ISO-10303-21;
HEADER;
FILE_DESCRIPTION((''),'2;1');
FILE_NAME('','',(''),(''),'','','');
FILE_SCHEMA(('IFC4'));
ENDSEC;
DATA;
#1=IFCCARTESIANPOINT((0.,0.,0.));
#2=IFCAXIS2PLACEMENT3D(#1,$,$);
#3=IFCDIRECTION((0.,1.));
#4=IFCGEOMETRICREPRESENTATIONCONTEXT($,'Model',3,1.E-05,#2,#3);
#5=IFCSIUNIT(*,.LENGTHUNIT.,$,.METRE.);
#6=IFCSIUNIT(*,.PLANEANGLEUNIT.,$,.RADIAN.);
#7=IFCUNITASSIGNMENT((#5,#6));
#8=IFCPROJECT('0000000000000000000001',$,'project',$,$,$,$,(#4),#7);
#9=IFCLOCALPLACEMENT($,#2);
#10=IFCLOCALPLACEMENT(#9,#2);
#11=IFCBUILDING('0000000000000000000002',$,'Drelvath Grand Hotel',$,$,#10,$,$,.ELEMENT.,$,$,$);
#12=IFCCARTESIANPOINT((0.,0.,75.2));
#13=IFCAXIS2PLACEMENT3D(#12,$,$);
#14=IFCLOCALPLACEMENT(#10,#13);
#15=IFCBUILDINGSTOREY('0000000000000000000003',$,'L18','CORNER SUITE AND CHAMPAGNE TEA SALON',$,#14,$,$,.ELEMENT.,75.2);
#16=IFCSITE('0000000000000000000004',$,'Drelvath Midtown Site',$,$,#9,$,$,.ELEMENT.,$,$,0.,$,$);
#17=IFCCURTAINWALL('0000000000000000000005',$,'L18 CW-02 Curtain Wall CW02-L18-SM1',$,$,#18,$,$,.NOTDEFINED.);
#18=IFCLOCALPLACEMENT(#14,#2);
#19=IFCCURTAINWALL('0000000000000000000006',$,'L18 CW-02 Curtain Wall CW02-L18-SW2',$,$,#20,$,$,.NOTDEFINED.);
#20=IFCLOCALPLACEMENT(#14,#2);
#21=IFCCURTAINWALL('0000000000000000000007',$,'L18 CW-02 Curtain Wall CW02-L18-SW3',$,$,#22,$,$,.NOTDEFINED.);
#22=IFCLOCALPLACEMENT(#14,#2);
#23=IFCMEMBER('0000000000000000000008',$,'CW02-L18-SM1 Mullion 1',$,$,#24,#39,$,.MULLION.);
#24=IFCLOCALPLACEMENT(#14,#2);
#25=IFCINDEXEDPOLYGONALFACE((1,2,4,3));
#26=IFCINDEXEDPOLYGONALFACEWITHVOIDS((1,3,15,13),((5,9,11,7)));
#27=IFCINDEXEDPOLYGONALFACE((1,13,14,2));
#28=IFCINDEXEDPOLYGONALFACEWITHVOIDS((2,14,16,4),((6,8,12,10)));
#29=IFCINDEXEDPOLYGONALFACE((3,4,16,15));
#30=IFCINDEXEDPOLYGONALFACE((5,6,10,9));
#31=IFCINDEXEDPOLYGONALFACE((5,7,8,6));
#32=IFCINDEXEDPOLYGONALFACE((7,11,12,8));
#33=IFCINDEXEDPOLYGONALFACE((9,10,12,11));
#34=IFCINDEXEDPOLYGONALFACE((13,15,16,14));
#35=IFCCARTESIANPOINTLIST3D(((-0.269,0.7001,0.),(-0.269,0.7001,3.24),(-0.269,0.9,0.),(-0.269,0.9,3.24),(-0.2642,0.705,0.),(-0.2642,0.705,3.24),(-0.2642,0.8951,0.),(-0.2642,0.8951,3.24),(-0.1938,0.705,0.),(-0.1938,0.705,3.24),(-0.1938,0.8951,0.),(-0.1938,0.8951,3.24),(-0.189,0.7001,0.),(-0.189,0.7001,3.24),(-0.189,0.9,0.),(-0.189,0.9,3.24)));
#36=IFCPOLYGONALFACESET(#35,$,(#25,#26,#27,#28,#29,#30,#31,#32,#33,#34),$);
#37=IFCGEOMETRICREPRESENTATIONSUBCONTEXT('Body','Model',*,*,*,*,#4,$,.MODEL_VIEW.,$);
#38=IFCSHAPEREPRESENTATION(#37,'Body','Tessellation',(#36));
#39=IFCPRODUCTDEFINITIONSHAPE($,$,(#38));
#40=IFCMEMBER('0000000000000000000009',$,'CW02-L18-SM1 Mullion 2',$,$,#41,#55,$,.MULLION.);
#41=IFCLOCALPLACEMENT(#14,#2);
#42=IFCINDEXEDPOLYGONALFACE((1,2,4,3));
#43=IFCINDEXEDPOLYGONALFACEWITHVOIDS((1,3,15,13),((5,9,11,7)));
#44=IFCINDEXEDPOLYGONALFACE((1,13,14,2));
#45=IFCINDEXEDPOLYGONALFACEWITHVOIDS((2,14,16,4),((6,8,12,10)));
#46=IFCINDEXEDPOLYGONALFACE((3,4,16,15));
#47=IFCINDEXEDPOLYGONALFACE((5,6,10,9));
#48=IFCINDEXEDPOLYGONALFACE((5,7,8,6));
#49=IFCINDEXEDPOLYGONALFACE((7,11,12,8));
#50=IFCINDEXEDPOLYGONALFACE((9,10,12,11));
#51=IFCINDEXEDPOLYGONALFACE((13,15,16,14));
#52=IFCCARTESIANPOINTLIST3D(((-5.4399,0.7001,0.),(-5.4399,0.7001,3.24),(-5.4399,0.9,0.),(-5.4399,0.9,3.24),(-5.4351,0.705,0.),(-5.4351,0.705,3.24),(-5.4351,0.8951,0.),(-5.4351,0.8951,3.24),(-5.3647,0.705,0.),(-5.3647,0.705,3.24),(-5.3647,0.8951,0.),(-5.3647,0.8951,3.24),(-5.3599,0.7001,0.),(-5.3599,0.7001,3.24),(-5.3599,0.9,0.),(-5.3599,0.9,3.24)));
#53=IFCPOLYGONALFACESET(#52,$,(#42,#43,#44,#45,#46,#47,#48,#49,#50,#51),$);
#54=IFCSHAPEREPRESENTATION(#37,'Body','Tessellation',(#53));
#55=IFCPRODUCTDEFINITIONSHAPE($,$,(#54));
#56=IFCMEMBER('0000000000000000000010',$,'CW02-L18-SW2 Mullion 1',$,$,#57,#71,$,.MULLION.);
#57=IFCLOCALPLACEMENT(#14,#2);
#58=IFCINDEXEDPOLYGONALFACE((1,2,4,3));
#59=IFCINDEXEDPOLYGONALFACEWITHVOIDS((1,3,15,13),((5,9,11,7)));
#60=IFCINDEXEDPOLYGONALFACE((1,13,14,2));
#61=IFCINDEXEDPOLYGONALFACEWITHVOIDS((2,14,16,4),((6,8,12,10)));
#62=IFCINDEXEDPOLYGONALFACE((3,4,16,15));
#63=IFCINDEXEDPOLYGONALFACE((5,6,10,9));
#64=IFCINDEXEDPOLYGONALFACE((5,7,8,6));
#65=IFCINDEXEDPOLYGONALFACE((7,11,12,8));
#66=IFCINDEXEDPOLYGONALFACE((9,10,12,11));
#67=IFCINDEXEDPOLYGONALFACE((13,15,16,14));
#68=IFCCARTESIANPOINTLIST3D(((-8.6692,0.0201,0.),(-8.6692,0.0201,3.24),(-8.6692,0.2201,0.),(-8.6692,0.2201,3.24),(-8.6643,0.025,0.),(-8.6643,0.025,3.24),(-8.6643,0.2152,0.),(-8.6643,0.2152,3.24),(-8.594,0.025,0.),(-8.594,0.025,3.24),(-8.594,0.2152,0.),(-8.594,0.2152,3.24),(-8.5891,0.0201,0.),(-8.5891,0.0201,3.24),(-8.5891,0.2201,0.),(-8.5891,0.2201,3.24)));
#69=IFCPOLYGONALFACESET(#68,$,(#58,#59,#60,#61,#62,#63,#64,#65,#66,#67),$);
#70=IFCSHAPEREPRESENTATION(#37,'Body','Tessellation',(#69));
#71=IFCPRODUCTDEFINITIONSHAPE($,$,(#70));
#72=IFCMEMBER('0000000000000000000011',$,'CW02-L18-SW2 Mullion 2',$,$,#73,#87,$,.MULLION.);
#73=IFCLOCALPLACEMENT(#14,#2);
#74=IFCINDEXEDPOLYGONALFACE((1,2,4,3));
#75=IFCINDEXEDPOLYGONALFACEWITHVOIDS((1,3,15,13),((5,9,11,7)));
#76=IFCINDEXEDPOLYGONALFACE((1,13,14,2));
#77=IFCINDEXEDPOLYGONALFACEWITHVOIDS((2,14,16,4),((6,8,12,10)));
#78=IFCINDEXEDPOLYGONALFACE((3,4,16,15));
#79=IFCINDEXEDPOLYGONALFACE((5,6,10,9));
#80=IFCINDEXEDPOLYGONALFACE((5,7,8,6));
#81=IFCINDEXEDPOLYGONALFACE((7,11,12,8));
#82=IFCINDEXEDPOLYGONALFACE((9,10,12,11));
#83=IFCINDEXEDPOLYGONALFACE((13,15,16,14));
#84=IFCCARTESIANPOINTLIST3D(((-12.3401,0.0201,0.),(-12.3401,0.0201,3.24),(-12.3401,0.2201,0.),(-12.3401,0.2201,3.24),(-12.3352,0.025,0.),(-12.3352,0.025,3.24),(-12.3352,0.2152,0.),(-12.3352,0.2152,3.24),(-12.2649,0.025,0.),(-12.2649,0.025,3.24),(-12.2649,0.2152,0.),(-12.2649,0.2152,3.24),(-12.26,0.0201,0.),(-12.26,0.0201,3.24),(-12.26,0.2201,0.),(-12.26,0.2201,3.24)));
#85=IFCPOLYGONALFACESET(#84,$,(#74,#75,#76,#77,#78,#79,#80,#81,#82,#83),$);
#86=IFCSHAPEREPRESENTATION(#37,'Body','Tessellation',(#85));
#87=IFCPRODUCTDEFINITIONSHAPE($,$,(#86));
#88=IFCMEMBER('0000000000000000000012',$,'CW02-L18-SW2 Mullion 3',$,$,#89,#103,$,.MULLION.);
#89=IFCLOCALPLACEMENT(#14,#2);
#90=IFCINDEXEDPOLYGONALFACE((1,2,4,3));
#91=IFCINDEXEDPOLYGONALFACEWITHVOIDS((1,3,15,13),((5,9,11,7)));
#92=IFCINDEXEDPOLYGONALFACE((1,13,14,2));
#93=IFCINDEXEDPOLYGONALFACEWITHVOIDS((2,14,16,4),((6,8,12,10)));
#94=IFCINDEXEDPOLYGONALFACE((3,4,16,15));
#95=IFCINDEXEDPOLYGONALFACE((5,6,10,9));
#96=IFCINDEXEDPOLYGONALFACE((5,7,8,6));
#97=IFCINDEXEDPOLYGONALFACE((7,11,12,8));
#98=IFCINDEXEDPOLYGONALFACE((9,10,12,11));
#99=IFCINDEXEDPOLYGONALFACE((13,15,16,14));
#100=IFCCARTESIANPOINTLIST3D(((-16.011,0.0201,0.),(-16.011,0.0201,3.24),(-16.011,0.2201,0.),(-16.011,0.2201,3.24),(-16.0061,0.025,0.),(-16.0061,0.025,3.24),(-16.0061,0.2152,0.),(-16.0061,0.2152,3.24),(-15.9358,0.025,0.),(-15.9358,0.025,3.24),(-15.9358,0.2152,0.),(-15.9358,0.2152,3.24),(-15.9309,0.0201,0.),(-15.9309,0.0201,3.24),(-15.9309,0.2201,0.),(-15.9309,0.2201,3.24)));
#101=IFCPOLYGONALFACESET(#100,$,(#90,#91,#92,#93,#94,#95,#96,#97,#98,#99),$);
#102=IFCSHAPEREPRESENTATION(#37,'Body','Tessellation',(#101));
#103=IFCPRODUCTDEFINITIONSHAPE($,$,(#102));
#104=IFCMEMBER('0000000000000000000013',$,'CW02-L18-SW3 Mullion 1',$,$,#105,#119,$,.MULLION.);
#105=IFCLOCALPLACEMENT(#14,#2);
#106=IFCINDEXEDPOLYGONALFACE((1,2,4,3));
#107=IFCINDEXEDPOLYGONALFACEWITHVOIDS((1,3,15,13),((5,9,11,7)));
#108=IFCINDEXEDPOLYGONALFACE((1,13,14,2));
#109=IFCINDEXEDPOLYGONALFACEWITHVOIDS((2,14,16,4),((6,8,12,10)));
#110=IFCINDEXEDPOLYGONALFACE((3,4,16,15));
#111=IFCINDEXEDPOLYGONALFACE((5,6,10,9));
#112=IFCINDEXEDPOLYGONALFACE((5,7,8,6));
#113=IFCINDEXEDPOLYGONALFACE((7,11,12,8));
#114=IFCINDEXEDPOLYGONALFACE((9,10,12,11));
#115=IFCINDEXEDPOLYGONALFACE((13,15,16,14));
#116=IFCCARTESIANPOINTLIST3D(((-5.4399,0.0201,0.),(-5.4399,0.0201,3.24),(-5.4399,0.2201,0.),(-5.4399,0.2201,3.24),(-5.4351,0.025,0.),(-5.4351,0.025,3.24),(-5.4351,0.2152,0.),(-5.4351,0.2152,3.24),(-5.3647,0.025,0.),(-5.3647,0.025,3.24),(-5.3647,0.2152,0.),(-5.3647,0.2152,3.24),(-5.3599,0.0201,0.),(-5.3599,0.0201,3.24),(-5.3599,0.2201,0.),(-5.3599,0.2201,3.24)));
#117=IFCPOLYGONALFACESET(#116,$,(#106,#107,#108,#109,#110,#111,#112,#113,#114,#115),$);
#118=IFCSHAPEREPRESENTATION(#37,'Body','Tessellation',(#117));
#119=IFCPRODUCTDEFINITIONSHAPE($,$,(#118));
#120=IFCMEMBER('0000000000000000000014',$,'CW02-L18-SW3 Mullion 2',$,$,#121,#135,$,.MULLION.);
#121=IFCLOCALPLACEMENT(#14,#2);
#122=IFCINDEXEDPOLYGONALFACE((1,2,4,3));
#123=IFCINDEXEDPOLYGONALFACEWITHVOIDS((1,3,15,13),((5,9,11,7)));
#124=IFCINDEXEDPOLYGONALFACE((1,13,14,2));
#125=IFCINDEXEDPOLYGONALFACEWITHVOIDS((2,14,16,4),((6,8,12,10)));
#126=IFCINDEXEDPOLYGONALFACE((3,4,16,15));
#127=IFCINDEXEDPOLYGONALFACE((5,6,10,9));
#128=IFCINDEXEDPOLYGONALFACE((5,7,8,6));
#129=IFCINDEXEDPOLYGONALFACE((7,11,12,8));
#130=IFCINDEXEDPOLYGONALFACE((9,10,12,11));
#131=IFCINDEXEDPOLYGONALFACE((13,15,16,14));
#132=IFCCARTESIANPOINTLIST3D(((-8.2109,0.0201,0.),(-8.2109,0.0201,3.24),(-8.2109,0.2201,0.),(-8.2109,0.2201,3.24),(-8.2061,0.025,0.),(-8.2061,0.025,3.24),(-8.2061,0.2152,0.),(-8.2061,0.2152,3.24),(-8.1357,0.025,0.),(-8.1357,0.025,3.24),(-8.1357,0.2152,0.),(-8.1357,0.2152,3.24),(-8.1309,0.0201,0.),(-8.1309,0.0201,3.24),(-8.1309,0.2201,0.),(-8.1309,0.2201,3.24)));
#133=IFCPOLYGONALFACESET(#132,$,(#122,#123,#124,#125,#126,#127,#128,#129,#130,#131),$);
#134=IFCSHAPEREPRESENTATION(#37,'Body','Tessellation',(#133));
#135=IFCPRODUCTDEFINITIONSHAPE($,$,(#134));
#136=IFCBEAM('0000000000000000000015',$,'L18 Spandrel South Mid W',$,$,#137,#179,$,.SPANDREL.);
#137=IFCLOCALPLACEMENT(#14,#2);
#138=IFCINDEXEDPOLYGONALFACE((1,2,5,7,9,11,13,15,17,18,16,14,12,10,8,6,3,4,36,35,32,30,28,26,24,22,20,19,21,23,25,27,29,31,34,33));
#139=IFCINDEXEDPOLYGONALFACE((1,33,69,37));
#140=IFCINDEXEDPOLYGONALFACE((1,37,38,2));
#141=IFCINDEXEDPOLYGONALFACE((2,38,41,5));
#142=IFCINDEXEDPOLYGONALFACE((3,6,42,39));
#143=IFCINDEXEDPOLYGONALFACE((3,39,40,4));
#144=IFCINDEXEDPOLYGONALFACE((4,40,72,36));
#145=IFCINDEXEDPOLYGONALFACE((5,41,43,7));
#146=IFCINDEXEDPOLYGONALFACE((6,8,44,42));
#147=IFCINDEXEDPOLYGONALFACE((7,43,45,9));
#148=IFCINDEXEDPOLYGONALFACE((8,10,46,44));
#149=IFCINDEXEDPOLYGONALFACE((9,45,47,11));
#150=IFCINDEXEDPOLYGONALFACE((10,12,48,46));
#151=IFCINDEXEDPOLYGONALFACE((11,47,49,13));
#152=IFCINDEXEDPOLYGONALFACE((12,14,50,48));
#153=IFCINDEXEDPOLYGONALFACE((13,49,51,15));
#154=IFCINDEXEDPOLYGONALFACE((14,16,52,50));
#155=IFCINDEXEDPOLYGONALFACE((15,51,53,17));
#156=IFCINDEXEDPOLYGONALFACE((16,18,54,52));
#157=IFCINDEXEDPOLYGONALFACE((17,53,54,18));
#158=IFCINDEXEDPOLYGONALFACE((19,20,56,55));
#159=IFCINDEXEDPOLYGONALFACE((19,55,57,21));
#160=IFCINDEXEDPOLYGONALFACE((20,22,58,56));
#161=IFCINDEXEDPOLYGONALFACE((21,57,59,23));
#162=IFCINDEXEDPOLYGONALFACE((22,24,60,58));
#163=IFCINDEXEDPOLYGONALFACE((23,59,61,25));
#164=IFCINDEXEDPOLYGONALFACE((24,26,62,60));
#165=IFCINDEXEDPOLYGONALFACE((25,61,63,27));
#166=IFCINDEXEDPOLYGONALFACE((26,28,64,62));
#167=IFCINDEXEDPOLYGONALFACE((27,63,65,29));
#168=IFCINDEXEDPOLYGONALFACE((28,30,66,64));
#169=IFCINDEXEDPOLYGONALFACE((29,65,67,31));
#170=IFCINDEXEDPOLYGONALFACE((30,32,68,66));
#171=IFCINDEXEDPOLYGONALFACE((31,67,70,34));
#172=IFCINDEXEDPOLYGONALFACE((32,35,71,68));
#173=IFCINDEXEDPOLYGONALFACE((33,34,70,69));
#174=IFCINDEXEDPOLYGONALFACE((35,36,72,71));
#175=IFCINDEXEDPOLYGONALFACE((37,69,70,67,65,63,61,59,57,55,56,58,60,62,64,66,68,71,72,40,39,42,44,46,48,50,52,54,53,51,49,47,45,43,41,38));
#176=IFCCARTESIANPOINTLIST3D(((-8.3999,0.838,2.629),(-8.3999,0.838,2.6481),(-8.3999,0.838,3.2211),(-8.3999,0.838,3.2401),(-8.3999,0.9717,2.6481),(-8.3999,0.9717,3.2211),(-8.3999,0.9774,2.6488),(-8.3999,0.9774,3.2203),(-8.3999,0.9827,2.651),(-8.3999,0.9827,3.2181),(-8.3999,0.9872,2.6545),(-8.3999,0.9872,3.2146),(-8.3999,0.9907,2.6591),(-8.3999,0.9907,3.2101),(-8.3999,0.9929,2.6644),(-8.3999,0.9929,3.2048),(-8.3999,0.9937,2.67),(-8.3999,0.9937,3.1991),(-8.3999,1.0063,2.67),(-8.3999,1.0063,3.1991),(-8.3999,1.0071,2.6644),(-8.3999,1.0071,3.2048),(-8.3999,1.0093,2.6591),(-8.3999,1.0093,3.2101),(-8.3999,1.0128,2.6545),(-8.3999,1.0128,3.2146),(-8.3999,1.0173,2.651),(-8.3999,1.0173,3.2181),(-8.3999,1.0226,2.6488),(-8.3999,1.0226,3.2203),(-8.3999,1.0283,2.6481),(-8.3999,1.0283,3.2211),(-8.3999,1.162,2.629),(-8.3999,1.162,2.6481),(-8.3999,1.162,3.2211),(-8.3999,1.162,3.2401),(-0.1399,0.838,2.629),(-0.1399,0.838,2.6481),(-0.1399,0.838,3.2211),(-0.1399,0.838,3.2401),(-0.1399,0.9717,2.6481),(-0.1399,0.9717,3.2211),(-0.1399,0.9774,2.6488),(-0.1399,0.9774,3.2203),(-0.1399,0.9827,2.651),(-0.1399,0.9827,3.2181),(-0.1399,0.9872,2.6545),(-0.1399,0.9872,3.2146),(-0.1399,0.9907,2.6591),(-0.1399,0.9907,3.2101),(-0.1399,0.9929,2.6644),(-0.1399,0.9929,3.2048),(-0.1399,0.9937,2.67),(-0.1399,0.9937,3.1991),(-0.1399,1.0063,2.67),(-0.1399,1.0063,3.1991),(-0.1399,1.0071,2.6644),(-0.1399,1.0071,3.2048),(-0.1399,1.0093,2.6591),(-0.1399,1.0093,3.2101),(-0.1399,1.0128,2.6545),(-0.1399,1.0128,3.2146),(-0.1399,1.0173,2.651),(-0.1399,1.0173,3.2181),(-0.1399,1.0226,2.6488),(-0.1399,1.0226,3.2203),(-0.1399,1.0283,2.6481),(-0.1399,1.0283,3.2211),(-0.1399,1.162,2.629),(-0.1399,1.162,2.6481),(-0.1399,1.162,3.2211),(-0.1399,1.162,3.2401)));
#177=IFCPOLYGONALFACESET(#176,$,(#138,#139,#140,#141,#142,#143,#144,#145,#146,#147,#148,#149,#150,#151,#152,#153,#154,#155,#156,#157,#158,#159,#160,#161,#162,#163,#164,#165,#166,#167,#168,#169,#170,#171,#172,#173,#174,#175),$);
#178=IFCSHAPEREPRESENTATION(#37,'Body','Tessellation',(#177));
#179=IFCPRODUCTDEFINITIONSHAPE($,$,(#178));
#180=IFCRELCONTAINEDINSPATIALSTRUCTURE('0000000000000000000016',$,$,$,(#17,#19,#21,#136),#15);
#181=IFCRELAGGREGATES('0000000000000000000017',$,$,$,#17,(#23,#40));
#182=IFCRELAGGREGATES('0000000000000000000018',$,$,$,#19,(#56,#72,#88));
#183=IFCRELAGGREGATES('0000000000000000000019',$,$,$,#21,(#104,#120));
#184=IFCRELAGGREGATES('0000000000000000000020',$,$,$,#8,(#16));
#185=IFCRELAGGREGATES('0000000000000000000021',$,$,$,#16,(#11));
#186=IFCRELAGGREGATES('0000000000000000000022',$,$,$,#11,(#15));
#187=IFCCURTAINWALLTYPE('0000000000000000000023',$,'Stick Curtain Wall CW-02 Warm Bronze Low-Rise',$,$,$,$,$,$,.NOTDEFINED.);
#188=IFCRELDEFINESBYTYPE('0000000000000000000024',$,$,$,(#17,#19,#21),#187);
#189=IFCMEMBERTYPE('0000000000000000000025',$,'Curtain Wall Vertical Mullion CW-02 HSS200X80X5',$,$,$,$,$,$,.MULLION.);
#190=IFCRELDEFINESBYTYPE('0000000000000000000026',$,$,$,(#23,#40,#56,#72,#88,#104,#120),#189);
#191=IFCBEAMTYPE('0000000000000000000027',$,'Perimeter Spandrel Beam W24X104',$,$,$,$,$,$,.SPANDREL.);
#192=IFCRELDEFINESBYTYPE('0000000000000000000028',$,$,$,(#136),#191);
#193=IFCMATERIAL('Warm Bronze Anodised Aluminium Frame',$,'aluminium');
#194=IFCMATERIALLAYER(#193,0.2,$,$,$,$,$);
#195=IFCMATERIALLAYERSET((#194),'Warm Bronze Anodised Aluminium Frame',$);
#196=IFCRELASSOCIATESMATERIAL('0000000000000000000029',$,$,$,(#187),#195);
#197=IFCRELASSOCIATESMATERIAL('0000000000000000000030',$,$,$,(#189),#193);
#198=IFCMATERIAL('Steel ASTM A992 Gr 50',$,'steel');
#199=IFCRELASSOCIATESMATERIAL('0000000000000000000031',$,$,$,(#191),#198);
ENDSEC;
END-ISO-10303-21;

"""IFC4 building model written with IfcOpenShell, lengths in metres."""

from ifc_helpers import new_model, si_unit, direction, frame, origin, origin_2d, place, context, subcontext, project, spatial, hollow_rectangle, i_section, extrude, material, layer, layer_set, material_profile, profile_set, type_object, element, aggregate, save


model = new_model("IFC4")

# Units and contexts
model_context = context("Model", 3, precision=1e-05, world=origin(), true_north=direction((0.0, 1.0)))
body_context = subcontext(model_context, "Body", "Model", "MODEL_VIEW")
ifc_project = project(units=[si_unit("LENGTHUNIT", "METRE"), si_unit("PLANEANGLEUNIT", "RADIAN")], contexts=[model_context])

# Site, building, storey
site_placement = place(None, origin())
site = spatial("IfcSite", under=ifc_project, at=site_placement, Name="Drelvath Midtown Site", CompositionType="ELEMENT", RefElevation=0.0)
building_placement = place(site_placement, origin())
building = spatial("IfcBuilding", under=site, at=building_placement, Name="Drelvath Grand Hotel", CompositionType="ELEMENT")
storey_placement = place(building_placement, frame((0.0, 0.0, 75.2)))
storey = spatial("IfcBuildingStorey", under=building, at=storey_placement, Name="L18", Description="CORNER SUITE AND CHAMPAGNE TEA SALON", CompositionType="ELEMENT", Elevation=75.2)

# Shared definitions
ifc_material_1 = material(Name="Steel ASTM A992 Gr 50", Category="steel")

# Curtain walls
ifc_material_2 = material(Name="Warm Bronze Anodised Aluminium Frame", Category="aluminium")
ifc_layer_1 = layer(ifc_material_2, 0.2)
ifc_layer_set_1 = layer_set([ifc_layer_1], Name="Warm Bronze Anodised Aluminium Frame")
curtain_wall_type = type_object("IfcCurtainWallType", Name="Stick Curtain Wall CW-02 Warm Bronze Low-Rise", PredefinedType="NOTDEFINED", material=ifc_layer_set_1)
curtain_wall_1_placement = place(storey_placement, origin())
curtain_wall_1 = element("IfcCurtainWall", 1, at=curtain_wall_1_placement, inside=storey, type_object=curtain_wall_type, Name="L18 CW-02 Curtain Wall CW02-L18-SM1", PredefinedType="NOTDEFINED")
curtain_wall_2_placement = place(storey_placement, origin())
curtain_wall_2 = element("IfcCurtainWall", 2, at=curtain_wall_2_placement, inside=storey, type_object=curtain_wall_type, Name="L18 CW-02 Curtain Wall CW02-L18-SW2", PredefinedType="NOTDEFINED")
curtain_wall_3_placement = place(storey_placement, origin())
curtain_wall_3 = element("IfcCurtainWall", 3, at=curtain_wall_3_placement, inside=storey, type_object=curtain_wall_type, Name="L18 CW-02 Curtain Wall CW02-L18-SW3", PredefinedType="NOTDEFINED")

# Members
ifc_material_profile_1 = material_profile(ifc_material_2, hollow_rectangle(XDim=0.0801, YDim=0.2, WallThickness=0.0049, at=origin_2d()), Name="HSS200X80X5")
ifc_profile_set_1 = profile_set([ifc_material_profile_1], Name="Warm Bronze Anodised Aluminium Frame")
member_type_1 = type_object("IfcMemberType", Name="Curtain Wall Vertical Mullion CW-02 HSS200X80X5", PredefinedType="MULLION", material=ifc_profile_set_1)
member_1_placement = place(storey_placement, frame((-0.229, 0.8, 0.0), z_axis=(0.0, 0.0, 1.0), x_axis=(1.0, 0.0, 0.0)))
member_1 = element("IfcMember", 4, at=member_1_placement, type_object=member_type_1, Name="CW02-L18-SM1 Mullion 1", PredefinedType="MULLION", context=body_context, shape_type="SweptSolid", body=[
    extrude(hollow_rectangle(XDim=0.0801, YDim=0.2, WallThickness=0.0049, at=origin_2d()), origin(), (0.0, 0.0, 1.0), 3.24),
])
member_2_placement = place(storey_placement, frame((-5.3999, 0.8, 0.0), z_axis=(0.0, 0.0, 1.0), x_axis=(1.0, 0.0, 0.0)))
member_2 = element("IfcMember", 5, at=member_2_placement, type_object=member_type_1, Name="CW02-L18-SM1 Mullion 2", PredefinedType="MULLION", context=body_context, shape_type="SweptSolid", body=[
    extrude(hollow_rectangle(XDim=0.0801, YDim=0.2, WallThickness=0.0049, at=origin_2d()), origin(), (0.0, 0.0, 1.0), 3.24),
])
member_3_placement = place(storey_placement, frame((-8.6292, 0.1201, 0.0), z_axis=(0.0, 0.0, 1.0), x_axis=(1.0, 0.0, 0.0)))
member_3 = element("IfcMember", 6, at=member_3_placement, type_object=member_type_1, Name="CW02-L18-SW2 Mullion 1", PredefinedType="MULLION", context=body_context, shape_type="SweptSolid", body=[
    extrude(hollow_rectangle(XDim=0.0801, YDim=0.2, WallThickness=0.0049, at=origin_2d()), origin(), (0.0, 0.0, 1.0), 3.24),
])
member_4_placement = place(storey_placement, frame((-12.3, 0.1201, 0.0), z_axis=(0.0, 0.0, 1.0), x_axis=(1.0, 0.0, 0.0)))
member_4 = element("IfcMember", 7, at=member_4_placement, type_object=member_type_1, Name="CW02-L18-SW2 Mullion 2", PredefinedType="MULLION", context=body_context, shape_type="SweptSolid", body=[
    extrude(hollow_rectangle(XDim=0.0801, YDim=0.2, WallThickness=0.0049, at=origin_2d()), origin(), (0.0, 0.0, 1.0), 3.24),
])
member_5_placement = place(storey_placement, frame((-15.9709, 0.1201, 0.0), z_axis=(0.0, 0.0, 1.0), x_axis=(1.0, 0.0, 0.0)))
member_5 = element("IfcMember", 8, at=member_5_placement, type_object=member_type_1, Name="CW02-L18-SW2 Mullion 3", PredefinedType="MULLION", context=body_context, shape_type="SweptSolid", body=[
    extrude(hollow_rectangle(XDim=0.0801, YDim=0.2, WallThickness=0.0049, at=origin_2d()), origin(), (0.0, 0.0, 1.0), 3.24),
])
member_6_placement = place(storey_placement, frame((-5.3999, 0.1201, 0.0), z_axis=(0.0, 0.0, 1.0), x_axis=(1.0, 0.0, 0.0)))
member_6 = element("IfcMember", 9, at=member_6_placement, type_object=member_type_1, Name="CW02-L18-SW3 Mullion 1", PredefinedType="MULLION", context=body_context, shape_type="SweptSolid", body=[
    extrude(hollow_rectangle(XDim=0.0801, YDim=0.2, WallThickness=0.0049, at=origin_2d()), origin(), (0.0, 0.0, 1.0), 3.24),
])
member_7_placement = place(storey_placement, frame((-8.1709, 0.1201, 0.0), z_axis=(0.0, 0.0, 1.0), x_axis=(1.0, 0.0, 0.0)))
member_7 = element("IfcMember", 10, at=member_7_placement, type_object=member_type_1, Name="CW02-L18-SW3 Mullion 2", PredefinedType="MULLION", context=body_context, shape_type="SweptSolid", body=[
    extrude(hollow_rectangle(XDim=0.0801, YDim=0.2, WallThickness=0.0049, at=origin_2d()), origin(), (0.0, 0.0, 1.0), 3.24),
])

# Beam
ifc_material_profile_2 = material_profile(ifc_material_1, i_section(OverallWidth=0.324, OverallDepth=0.6111, WebThickness=0.0127, FlangeThickness=0.019, FilletRadius=0.022, at=origin_2d()), Name="W24X104")
ifc_profile_set_2 = profile_set([ifc_material_profile_2], Name="Steel ASTM A992 Gr 50")
beam_type_1 = type_object("IfcBeamType", Name="Perimeter Spandrel Beam W24X104", PredefinedType="SPANDREL", material=ifc_profile_set_2)
beam_1_placement = place(storey_placement, frame((-8.3999, 1.0, 2.9346), z_axis=(1.0, 0.0, 0.0), x_axis=(0.0, 1.0, 0.0)))
element("IfcBeam", 11, at=beam_1_placement, inside=storey, type_object=beam_type_1, Name="L18 Spandrel South Mid W", PredefinedType="SPANDREL", context=body_context, shape_type="SweptSolid", body=[
    extrude(i_section(OverallWidth=0.324, OverallDepth=0.6111, WebThickness=0.0127, FlangeThickness=0.019, FilletRadius=0.022, at=origin_2d()), origin(), (0.0, 0.0, 1.0), 8.26),
])

aggregate(curtain_wall_1, [member_1, member_2])
aggregate(curtain_wall_2, [member_3, member_4, member_5])
aggregate(curtain_wall_3, [member_6, member_7])

save(model, "model.ifc")
